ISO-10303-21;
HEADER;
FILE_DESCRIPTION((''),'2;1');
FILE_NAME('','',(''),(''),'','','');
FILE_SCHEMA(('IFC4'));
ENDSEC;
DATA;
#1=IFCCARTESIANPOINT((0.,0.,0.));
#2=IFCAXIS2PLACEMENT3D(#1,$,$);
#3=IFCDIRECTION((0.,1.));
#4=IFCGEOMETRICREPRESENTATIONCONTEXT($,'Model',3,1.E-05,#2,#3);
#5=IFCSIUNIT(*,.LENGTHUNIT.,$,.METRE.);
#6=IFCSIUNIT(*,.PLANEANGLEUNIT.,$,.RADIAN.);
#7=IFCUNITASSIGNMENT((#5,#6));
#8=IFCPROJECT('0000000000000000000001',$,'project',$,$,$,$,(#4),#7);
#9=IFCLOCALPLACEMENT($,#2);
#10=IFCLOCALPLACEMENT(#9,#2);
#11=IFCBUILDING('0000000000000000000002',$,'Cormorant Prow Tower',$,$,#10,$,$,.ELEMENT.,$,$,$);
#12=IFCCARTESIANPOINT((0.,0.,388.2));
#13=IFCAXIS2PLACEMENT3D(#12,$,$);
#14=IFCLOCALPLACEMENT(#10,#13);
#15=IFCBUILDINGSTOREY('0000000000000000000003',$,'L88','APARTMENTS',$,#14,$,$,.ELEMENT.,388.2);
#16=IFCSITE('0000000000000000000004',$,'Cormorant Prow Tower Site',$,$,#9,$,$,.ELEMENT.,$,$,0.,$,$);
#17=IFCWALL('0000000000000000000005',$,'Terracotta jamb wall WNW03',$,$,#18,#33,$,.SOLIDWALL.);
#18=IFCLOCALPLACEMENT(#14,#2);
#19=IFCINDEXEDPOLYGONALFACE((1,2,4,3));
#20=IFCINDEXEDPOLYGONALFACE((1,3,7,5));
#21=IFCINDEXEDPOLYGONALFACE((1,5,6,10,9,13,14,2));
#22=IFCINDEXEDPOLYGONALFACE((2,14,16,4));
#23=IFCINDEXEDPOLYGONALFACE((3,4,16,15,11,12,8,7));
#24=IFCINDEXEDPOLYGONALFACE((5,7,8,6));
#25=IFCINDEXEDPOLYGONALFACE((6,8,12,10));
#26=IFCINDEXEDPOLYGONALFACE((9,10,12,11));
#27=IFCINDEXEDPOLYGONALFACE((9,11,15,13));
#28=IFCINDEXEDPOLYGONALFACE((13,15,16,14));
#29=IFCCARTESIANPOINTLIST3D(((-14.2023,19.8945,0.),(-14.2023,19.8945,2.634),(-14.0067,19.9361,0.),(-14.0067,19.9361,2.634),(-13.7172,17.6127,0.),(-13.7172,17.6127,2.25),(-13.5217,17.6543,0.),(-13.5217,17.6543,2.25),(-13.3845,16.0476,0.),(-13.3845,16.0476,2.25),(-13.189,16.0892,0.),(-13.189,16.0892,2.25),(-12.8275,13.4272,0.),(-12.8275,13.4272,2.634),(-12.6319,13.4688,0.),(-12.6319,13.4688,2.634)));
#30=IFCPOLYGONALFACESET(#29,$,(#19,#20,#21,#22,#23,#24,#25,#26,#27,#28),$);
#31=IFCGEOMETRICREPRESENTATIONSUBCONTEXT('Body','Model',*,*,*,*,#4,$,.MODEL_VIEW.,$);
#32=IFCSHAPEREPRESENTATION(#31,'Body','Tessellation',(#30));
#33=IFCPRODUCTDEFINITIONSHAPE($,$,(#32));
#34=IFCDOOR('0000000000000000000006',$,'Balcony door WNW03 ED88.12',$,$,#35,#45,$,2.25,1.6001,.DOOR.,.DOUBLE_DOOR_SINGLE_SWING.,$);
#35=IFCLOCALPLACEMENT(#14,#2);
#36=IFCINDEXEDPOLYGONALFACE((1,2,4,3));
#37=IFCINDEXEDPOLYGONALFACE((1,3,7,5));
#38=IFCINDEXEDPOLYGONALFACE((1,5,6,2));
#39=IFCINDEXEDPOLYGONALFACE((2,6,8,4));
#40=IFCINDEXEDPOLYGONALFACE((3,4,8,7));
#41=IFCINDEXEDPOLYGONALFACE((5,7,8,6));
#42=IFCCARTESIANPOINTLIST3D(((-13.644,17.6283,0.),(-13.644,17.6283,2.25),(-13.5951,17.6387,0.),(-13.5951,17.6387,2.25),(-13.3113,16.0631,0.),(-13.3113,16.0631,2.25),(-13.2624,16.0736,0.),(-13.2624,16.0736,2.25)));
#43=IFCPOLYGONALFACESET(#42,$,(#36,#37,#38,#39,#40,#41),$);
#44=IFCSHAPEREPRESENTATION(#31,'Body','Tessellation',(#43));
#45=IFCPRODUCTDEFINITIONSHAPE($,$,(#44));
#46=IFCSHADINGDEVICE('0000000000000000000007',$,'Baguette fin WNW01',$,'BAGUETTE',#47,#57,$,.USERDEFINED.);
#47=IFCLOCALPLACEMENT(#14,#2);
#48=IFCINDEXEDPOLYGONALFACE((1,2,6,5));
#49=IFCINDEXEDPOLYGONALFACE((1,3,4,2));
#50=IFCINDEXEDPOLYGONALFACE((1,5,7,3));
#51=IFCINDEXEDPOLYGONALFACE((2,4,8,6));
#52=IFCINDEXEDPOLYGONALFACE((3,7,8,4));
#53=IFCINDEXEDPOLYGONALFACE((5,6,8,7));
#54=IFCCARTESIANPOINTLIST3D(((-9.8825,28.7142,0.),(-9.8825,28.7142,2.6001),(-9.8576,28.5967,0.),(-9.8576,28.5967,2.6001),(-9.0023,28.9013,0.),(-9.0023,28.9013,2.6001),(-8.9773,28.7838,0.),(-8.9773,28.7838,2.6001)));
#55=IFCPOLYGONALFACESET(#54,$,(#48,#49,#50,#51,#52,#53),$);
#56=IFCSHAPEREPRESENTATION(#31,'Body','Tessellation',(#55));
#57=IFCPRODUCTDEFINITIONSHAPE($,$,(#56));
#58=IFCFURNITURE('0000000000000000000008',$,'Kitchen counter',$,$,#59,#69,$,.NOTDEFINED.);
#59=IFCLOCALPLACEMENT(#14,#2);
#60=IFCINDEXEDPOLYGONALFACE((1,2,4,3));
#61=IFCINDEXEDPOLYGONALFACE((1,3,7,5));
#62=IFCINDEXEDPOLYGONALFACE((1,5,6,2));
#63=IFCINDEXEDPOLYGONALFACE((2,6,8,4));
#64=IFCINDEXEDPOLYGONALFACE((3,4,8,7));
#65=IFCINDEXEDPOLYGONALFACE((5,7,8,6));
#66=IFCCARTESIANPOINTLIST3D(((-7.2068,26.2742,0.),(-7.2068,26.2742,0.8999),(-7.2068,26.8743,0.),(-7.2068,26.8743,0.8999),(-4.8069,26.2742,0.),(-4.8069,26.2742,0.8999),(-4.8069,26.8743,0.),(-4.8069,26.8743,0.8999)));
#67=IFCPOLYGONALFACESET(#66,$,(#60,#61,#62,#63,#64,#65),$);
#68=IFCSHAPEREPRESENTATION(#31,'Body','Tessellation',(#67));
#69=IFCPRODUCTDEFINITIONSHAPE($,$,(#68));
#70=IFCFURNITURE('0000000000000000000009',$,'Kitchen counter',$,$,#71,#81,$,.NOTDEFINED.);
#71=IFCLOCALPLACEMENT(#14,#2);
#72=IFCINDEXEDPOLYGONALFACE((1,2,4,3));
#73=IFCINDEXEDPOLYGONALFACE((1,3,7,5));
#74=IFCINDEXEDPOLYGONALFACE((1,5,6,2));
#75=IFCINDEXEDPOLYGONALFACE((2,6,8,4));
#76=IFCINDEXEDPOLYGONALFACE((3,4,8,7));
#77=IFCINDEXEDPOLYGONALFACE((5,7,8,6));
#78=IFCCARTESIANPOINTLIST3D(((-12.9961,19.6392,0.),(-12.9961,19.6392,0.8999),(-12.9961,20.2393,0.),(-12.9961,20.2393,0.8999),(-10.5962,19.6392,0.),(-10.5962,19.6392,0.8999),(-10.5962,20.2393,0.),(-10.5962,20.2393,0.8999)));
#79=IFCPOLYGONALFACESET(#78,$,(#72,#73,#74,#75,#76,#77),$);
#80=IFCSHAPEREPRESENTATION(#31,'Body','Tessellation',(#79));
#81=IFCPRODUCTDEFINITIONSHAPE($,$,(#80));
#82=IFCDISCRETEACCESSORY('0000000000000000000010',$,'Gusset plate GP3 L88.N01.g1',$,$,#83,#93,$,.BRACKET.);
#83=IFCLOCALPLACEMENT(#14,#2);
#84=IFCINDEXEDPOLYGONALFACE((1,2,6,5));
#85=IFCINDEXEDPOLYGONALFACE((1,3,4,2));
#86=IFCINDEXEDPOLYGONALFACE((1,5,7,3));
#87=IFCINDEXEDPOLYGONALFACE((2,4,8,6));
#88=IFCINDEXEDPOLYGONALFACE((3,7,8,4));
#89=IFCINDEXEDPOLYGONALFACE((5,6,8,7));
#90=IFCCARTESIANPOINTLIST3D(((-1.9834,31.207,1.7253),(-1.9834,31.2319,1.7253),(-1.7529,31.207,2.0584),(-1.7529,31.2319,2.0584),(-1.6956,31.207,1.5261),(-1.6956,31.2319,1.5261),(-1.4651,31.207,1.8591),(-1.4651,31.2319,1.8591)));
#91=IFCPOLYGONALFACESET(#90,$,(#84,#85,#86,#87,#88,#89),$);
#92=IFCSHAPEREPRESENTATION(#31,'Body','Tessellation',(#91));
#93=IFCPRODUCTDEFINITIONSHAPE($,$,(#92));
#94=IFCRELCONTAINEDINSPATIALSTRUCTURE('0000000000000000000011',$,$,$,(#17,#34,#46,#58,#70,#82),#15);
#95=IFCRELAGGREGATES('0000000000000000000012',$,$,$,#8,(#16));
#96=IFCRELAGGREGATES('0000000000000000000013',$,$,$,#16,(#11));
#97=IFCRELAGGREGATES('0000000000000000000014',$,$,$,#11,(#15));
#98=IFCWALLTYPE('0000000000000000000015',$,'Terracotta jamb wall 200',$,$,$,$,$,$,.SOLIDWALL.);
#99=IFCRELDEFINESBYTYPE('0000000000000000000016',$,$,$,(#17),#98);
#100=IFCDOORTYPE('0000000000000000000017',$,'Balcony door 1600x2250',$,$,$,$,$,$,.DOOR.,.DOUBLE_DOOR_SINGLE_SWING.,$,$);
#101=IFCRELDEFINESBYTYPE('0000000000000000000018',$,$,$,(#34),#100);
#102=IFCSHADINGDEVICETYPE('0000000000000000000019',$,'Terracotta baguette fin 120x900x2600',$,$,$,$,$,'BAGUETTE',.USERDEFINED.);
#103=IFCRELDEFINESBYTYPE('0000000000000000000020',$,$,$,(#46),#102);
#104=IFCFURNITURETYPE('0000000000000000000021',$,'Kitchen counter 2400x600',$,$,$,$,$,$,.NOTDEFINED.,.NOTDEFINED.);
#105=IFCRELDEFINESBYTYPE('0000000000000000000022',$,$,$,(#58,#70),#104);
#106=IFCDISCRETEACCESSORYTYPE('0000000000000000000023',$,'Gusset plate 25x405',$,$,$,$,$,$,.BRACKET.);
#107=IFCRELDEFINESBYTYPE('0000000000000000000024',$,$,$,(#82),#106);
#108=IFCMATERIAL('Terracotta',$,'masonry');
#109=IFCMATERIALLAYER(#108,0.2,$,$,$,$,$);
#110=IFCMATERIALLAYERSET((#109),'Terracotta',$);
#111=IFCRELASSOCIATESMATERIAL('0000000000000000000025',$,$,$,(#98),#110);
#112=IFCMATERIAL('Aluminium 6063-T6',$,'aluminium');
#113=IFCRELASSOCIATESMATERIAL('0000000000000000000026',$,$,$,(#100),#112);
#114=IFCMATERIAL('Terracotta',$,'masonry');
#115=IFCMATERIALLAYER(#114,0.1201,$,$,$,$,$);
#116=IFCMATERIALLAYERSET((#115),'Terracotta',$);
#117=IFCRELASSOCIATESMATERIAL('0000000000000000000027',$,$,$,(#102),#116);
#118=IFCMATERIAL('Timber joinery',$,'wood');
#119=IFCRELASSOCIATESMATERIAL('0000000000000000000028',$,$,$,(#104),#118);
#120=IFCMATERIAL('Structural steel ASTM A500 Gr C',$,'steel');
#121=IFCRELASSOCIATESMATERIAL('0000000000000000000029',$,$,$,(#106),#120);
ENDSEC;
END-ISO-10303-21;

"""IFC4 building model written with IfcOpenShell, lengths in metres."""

from ifc_helpers import new_model, si_unit, direction, frame, frame_2d, origin, origin_2d, place, context, subcontext, project, spatial, rectangle, extrude, material, layer, layer_set, material_profile, profile_set, type_object, element, fill, save


model = new_model("IFC4")

# Units and contexts
model_context = context("Model", 3, precision=1e-05, world=origin(), true_north=direction((0.0, 1.0)))
body_context = subcontext(model_context, "Body", "Model", "MODEL_VIEW")
ifc_project = project(units=[si_unit("LENGTHUNIT", "METRE"), si_unit("PLANEANGLEUNIT", "RADIAN")], contexts=[model_context])

# Site, building, storey
site_placement = place(None, origin())
site = spatial("IfcSite", under=ifc_project, at=site_placement, Name="Cormorant Prow Tower Site", CompositionType="ELEMENT", RefElevation=0.0)
building_placement = place(site_placement, origin())
building = spatial("IfcBuilding", under=site, at=building_placement, Name="Cormorant Prow Tower", CompositionType="ELEMENT")
storey_placement = place(building_placement, frame((0.0, 0.0, 388.2)))
storey = spatial("IfcBuildingStorey", under=building, at=storey_placement, Name="L88", Description="APARTMENTS", CompositionType="ELEMENT", Elevation=388.2)

# Wall, opening, door
ifc_material_1 = material(Name="Terracotta", Category="masonry")
ifc_layer_1 = layer(ifc_material_1, 0.2)
ifc_layer_set_1 = layer_set([ifc_layer_1], Name="Terracotta")
wall_type_1 = type_object("IfcWallType", Name="Terracotta jamb wall 200", PredefinedType="SOLIDWALL", material=ifc_layer_set_1)
ifc_material_2 = material(Name="Aluminium 6063-T6", Category="aluminium")
door_type_1 = type_object("IfcDoorType", Name="Balcony door 1600x2250", OperationType="DOUBLE_DOOR_SINGLE_SWING", PredefinedType="DOOR", material=ifc_material_2)
wall_1_placement = place(storey_placement, frame((-14.1045, 19.9153, 0.0), z_axis=(0.0, 0.0, 1.0), x_axis=(0.207925, -0.978145, 0.0)))
wall_1 = element("IfcWall", 1, at=wall_1_placement, inside=storey, type_object=wall_type_1, Name="Terracotta jamb wall WNW03", PredefinedType="SOLIDWALL", context=body_context, shape_type="SweptSolid", body=[
    extrude(rectangle(XDim=6.6118, YDim=0.2, at=frame_2d((3.3059, 0.0))), origin(), (0.0, 0.0, 1.0), 2.634),
])
opening_1_placement = place(wall_1_placement, frame((2.3328, 0.0, 0.0)))
opening_1 = element("IfcOpeningElement", 2, at=opening_1_placement, cuts=wall_1, PredefinedType="OPENING", context=body_context, shape_type="SweptSolid", body=[
    extrude(rectangle(XDim=1.6001, YDim=2.25, at=frame_2d((0.8, 1.125))), frame((0.0, 0.1099, 0.0), z_axis=(0.0, -1.0, 0.0), x_axis=(1.0, 0.0, 0.0)), (0.0, 0.0, 1.0), 0.22),
])
door_1_placement = place(opening_1_placement, origin())
door_1 = element("IfcDoor", 3, at=door_1_placement, inside=storey, type_object=door_type_1, Name="Balcony door WNW03 ED88.12", OperationType="DOUBLE_DOOR_SINGLE_SWING", OverallHeight=2.25, OverallWidth=1.6001, PredefinedType="DOOR", context=body_context, shape_type="SweptSolid", body=[
    extrude(rectangle(XDim=1.6001, YDim=2.25, at=frame_2d((0.8, 1.125))), frame((0.0, 0.0249, 0.0), z_axis=(0.0, -1.0, 0.0), x_axis=(1.0, 0.0, 0.0)), (0.0, 0.0, 1.0), 0.05),
])
fill(opening_1, door_1)

# Shading device
ifc_material_3 = material(Name="Terracotta", Category="masonry")
ifc_layer_2 = layer(ifc_material_3, 0.1201)
ifc_layer_set_2 = layer_set([ifc_layer_2], Name="Terracotta")
shading_device_type = type_object("IfcShadingDeviceType", Name="Terracotta baguette fin 120x900x2600", ElementType="BAGUETTE", PredefinedType="USERDEFINED", material=ifc_layer_set_2)
shading_device_placement = place(storey_placement, frame((-9.4299, 28.749, 0.0), z_axis=(0.0, 0.0, 1.0), x_axis=(0.207912, -0.978148, 0.0)))
element("IfcShadingDevice", 4, at=shading_device_placement, inside=storey, type_object=shading_device_type, Name="Baguette fin WNW01", ObjectType="BAGUETTE", PredefinedType="USERDEFINED", context=body_context, shape_type="SweptSolid", body=[
    extrude(rectangle(XDim=0.1201, YDim=0.8999, at=origin_2d()), origin(), (0.0, 0.0, 1.0), 2.6001),
])

# Furniture
ifc_material_4 = material(Name="Timber joinery", Category="wood")
furniture_type = type_object("IfcFurnitureType", Name="Kitchen counter 2400x600", AssemblyPlace="NOTDEFINED", PredefinedType="NOTDEFINED", material=ifc_material_4)
for number, where, z_axis, x_axis, name in (
    (5, (-6.0068, 26.5742, 0.0), (0.0, 0.0, 1.0), (1.0, 0.0, 0.0), "Kitchen counter"),
    (6, (-11.7961, 19.9392, 0.0), (0.0, 0.0, 1.0), (1.0, 0.0, 0.0), "Kitchen counter"),
):
    element("IfcFurniture", number, at=place(storey_placement, frame(where, z_axis=z_axis, x_axis=x_axis)), inside=storey, type_object=furniture_type, Name=name, PredefinedType="NOTDEFINED", context=body_context, shape_type="SweptSolid", body=[
        extrude(rectangle(XDim=2.3999, YDim=0.6001, at=origin_2d()), origin(), (0.0, 0.0, 1.0), 0.8999),
    ])

# Discrete accessory
ifc_material_5 = material(Name="Structural steel ASTM A500 Gr C", Category="steel")
ifc_material_profile_1 = material_profile(ifc_material_5, rectangle(XDim=0.0249, YDim=0.405, at=origin_2d()), Name="Gusset plate 25x405")
ifc_profile_set_1 = profile_set([ifc_material_profile_1], Name="Structural steel ASTM A500 Gr C")
discrete_accessory_type = type_object("IfcDiscreteAccessoryType", Name="Gusset plate 25x405", PredefinedType="BRACKET", material=ifc_profile_set_1)
discrete_accessory_placement = place(storey_placement, frame((-1.5803, 31.2195, 1.6926), z_axis=(-0.822268, 0.0, 0.569101), x_axis=(0.0, -1.0, 0.0)))
element("IfcDiscreteAccessory", 7, at=discrete_accessory_placement, inside=storey, type_object=discrete_accessory_type, Name="Gusset plate GP3 L88.N01.g1", PredefinedType="BRACKET", context=body_context, shape_type="SweptSolid", body=[
    extrude(rectangle(XDim=0.0249, YDim=0.405, at=origin_2d()), origin(), (0.0, 0.0, 1.0), 0.3501),
])

save(model, "model.ifc")
